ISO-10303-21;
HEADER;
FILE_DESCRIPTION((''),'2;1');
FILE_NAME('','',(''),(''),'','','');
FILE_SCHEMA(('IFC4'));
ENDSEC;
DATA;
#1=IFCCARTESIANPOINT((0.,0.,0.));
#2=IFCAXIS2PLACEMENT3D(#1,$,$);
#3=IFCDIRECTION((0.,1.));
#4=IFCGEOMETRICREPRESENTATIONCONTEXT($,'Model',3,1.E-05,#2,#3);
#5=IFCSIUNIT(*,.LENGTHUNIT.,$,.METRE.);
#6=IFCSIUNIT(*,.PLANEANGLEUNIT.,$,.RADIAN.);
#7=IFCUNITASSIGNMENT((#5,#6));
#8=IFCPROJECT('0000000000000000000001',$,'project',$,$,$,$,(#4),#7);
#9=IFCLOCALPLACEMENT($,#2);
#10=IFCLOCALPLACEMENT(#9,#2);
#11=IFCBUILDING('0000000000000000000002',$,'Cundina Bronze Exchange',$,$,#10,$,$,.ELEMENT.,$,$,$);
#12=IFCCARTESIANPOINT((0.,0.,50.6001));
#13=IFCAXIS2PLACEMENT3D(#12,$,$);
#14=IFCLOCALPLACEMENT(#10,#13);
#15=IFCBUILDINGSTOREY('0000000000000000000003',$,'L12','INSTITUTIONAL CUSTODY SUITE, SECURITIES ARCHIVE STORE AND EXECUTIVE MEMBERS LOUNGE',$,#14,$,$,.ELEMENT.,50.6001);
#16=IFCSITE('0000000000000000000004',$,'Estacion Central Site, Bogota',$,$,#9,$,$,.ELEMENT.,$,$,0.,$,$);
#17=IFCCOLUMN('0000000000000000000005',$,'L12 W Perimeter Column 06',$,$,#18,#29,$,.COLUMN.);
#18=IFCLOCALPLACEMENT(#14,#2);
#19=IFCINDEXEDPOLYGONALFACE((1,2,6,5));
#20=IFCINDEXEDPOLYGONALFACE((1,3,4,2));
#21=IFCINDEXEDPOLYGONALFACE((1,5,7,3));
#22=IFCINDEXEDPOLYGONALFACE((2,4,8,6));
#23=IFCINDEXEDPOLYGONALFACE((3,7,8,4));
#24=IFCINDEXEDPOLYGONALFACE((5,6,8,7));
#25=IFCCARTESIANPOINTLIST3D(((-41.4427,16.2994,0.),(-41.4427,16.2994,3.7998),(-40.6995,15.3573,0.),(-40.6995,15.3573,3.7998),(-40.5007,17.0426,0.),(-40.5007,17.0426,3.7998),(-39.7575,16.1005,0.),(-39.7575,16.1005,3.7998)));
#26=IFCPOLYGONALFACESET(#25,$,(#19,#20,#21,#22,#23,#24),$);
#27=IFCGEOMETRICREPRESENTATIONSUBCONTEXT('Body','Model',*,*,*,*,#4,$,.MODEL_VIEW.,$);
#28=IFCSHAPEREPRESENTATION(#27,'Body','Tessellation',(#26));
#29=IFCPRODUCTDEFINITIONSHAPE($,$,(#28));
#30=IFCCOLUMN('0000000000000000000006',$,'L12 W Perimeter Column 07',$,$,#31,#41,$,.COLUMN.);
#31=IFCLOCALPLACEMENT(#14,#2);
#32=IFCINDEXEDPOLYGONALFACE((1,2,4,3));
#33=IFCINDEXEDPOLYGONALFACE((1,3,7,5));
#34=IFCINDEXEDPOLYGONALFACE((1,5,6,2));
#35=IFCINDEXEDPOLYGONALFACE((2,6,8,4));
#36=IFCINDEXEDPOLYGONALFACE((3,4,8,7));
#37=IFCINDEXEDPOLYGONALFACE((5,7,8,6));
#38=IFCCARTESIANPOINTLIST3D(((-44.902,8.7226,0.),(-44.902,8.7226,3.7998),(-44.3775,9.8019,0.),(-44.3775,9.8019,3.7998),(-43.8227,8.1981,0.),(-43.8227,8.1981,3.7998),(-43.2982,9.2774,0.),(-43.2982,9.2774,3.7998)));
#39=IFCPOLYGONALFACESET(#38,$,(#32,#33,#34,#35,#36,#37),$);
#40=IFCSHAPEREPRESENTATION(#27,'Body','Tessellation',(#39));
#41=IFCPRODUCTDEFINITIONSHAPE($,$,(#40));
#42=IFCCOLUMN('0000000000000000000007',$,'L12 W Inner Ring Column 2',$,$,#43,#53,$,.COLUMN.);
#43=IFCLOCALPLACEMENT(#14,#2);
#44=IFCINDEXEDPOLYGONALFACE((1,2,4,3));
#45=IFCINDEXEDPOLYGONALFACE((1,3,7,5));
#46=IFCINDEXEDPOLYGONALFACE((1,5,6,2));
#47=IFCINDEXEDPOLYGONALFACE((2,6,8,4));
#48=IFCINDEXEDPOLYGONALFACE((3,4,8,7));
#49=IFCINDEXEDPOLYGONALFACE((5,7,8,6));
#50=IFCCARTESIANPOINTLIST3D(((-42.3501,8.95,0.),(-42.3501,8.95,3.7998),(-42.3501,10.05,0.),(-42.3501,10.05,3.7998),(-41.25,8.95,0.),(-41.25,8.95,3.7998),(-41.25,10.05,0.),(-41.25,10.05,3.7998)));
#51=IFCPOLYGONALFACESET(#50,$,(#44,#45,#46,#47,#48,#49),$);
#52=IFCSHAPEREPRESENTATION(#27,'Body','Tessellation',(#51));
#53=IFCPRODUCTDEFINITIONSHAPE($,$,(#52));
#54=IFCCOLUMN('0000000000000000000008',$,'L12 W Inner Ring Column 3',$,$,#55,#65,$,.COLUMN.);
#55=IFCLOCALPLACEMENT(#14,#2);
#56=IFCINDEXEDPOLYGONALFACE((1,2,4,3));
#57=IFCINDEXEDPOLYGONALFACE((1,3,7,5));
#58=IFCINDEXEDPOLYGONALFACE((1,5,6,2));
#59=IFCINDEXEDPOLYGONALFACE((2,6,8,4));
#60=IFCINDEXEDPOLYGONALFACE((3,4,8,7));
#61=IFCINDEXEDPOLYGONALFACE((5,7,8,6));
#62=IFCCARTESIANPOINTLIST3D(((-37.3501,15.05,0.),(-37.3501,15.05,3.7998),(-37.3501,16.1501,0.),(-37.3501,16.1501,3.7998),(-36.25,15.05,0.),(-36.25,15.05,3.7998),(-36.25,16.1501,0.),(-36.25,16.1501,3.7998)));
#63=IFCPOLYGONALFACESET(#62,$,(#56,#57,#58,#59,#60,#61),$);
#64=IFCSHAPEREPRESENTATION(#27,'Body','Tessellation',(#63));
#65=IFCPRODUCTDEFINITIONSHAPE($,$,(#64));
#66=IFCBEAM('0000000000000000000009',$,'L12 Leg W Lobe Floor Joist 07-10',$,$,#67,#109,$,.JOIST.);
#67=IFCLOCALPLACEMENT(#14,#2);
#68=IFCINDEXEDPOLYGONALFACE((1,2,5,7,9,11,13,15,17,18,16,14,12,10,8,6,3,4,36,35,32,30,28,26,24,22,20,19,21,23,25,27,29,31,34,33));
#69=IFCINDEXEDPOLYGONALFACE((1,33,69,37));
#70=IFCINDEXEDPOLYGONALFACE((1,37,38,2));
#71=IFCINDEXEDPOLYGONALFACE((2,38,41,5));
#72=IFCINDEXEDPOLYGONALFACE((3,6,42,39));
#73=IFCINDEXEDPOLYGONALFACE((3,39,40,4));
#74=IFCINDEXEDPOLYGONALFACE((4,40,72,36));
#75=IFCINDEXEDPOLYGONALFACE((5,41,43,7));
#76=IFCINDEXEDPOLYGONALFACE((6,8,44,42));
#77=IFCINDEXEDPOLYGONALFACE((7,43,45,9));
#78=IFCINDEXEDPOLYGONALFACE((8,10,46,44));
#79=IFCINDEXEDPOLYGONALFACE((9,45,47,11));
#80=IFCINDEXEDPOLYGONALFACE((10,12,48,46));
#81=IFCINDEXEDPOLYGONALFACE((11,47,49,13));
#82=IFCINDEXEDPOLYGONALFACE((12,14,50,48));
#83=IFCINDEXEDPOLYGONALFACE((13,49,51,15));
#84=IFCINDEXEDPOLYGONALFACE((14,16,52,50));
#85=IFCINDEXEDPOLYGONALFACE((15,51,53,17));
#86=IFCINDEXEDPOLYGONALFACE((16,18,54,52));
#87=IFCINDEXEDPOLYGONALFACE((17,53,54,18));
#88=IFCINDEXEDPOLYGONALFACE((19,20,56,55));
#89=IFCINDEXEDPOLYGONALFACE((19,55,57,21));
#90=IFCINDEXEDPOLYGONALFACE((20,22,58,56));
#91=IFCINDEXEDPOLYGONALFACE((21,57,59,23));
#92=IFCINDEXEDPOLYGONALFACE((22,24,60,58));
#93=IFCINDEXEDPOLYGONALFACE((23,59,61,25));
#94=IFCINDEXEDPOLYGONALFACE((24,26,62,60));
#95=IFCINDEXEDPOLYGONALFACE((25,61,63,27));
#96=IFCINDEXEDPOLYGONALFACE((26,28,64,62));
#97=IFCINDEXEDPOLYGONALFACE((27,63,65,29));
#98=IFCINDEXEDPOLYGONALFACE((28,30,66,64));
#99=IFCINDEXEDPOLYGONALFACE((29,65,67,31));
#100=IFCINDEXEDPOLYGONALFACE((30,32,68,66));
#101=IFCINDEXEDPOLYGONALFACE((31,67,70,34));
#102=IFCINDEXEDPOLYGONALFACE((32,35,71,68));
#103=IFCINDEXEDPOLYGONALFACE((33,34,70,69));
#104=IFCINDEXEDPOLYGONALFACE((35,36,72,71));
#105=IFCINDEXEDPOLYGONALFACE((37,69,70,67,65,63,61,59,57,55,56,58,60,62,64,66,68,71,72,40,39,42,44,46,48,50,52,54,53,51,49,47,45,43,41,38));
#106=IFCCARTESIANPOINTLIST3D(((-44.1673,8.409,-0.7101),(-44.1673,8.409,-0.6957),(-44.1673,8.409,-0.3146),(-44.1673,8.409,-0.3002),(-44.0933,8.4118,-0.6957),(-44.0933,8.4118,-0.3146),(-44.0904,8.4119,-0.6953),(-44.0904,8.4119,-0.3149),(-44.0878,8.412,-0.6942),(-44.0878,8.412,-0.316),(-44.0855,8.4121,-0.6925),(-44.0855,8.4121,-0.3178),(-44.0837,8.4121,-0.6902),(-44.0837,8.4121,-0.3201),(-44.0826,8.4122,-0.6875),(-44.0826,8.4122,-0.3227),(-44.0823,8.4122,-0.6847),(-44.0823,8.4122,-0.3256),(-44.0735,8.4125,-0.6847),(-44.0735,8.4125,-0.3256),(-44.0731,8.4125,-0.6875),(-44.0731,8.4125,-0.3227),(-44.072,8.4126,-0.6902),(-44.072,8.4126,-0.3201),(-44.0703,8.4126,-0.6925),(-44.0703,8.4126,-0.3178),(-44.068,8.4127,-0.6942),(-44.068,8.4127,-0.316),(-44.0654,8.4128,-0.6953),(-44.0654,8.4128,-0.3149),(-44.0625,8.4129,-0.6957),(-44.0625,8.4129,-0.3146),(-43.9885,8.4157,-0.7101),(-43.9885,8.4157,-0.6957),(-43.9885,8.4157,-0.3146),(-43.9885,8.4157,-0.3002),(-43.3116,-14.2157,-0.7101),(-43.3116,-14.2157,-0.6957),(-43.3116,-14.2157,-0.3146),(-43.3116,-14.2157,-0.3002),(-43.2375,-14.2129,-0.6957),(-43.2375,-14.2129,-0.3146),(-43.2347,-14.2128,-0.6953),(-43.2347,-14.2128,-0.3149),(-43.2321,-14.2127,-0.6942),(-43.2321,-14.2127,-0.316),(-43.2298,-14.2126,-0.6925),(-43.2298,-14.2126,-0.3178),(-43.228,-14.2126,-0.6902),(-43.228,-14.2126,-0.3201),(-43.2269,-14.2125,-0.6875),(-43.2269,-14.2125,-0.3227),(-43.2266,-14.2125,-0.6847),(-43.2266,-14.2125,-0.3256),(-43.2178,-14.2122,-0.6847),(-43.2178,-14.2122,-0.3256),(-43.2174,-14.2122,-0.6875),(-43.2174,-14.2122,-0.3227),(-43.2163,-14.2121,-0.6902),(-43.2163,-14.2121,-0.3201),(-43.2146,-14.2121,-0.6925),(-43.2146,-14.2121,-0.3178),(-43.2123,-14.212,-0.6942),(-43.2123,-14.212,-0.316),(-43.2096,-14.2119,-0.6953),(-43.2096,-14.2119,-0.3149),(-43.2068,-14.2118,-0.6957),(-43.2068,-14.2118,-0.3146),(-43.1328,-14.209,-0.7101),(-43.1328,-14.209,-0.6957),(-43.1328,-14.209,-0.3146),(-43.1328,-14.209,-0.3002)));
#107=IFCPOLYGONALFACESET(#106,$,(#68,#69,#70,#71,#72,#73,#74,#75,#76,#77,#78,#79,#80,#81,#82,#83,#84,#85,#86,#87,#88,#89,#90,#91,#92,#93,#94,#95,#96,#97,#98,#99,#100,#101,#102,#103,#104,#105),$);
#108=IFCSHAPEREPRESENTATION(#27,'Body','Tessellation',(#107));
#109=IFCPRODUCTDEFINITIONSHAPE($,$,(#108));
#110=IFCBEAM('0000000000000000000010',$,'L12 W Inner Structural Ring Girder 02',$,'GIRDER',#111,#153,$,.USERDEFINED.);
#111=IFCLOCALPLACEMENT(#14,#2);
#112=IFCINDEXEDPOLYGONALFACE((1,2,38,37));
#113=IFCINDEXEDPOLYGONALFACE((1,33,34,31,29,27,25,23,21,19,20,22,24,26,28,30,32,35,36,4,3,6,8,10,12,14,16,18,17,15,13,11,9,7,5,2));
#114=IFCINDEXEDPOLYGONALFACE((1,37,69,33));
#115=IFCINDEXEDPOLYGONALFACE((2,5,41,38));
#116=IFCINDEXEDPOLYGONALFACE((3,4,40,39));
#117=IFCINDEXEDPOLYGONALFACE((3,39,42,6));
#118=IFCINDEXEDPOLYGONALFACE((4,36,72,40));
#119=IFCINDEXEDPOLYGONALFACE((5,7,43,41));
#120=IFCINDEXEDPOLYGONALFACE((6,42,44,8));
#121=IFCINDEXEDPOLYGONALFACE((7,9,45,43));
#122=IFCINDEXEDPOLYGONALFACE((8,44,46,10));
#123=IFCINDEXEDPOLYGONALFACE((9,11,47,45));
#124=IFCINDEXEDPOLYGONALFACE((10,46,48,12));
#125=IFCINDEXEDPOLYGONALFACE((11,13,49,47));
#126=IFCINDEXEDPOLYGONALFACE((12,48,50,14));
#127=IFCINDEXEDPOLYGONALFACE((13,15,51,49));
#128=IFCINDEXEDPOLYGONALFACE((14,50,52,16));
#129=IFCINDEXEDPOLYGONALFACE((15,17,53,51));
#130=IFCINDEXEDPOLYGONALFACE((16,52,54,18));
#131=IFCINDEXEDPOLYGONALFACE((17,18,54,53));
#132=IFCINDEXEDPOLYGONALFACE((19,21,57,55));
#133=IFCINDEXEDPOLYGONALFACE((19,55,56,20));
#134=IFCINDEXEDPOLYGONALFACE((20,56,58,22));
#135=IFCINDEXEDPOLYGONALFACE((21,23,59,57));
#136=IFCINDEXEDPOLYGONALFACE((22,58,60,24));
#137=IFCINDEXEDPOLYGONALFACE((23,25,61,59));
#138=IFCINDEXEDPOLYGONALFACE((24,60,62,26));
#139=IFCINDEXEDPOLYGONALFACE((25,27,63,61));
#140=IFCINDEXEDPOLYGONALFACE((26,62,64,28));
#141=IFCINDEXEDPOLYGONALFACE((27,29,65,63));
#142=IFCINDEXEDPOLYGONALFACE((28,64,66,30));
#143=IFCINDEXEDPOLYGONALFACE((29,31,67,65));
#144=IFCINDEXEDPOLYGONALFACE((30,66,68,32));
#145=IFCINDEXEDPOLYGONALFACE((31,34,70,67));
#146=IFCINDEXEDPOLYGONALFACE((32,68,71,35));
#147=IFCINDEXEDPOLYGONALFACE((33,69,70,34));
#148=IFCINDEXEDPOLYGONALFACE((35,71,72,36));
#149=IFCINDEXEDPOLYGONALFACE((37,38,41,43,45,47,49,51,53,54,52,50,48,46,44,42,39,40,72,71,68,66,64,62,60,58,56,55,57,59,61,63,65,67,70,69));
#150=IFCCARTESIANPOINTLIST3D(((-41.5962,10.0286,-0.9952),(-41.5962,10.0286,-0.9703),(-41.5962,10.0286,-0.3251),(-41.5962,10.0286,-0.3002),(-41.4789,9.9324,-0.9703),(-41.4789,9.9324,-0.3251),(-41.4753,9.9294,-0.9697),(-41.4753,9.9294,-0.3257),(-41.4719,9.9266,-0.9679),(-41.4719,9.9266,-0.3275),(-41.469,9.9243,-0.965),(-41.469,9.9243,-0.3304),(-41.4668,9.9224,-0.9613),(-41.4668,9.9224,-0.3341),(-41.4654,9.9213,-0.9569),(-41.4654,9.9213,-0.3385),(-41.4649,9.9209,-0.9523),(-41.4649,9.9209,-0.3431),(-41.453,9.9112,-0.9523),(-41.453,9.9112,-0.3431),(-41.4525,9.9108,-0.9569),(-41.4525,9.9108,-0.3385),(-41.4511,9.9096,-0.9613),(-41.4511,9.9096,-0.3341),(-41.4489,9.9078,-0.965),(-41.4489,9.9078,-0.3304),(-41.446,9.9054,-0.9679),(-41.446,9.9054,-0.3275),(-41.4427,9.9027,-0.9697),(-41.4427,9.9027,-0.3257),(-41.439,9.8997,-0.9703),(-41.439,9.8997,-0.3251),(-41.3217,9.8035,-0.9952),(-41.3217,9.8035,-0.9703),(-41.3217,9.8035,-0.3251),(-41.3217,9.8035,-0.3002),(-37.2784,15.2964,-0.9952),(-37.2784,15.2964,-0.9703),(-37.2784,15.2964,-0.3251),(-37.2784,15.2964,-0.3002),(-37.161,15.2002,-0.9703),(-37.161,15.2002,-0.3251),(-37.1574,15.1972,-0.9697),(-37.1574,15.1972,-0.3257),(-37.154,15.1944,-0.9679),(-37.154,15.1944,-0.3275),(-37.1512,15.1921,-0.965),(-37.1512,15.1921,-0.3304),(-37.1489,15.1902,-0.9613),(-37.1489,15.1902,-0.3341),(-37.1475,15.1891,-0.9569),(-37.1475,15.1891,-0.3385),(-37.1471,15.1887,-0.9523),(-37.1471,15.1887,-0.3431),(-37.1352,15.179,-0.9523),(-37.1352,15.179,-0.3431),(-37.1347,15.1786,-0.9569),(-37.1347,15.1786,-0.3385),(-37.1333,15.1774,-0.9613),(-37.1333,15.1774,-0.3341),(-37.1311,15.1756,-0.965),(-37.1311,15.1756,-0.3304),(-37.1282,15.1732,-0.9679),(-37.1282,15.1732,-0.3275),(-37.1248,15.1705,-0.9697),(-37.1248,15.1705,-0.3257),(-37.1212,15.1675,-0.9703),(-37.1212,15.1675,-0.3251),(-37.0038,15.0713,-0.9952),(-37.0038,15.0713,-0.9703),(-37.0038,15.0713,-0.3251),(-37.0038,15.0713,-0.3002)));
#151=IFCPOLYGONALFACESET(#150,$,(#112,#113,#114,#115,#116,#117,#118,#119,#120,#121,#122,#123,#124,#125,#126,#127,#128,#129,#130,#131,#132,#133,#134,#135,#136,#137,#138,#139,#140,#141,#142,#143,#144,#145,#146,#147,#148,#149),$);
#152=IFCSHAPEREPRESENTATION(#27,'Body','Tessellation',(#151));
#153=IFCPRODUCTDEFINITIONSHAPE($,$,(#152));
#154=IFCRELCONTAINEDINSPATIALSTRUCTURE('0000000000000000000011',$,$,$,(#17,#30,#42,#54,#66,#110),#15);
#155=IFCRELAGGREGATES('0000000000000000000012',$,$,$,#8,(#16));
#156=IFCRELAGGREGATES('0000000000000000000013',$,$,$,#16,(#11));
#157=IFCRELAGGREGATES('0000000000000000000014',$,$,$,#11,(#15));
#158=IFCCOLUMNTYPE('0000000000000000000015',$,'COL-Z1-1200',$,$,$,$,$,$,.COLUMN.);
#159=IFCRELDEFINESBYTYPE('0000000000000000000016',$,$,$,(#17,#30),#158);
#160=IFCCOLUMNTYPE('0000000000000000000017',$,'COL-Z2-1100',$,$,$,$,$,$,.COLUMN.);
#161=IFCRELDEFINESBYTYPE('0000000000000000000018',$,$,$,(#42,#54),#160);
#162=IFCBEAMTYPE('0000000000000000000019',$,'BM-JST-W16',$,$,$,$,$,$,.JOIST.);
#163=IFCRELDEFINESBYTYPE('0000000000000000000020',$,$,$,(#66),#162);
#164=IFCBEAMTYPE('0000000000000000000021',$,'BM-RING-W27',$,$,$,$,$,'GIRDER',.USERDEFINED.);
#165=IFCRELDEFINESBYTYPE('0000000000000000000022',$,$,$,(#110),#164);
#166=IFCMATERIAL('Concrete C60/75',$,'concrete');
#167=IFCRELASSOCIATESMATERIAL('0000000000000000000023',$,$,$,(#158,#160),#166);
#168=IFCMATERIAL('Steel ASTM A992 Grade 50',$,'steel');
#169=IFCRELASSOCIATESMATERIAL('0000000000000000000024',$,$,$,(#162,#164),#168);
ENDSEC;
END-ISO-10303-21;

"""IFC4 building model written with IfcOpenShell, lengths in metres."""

from ifc_helpers import new_model, si_unit, direction, frame, origin, origin_2d, place, context, subcontext, project, spatial, rectangle, i_section, extrude, material, material_profile, profile_set, type_object, element, save


model = new_model("IFC4")

# Units and contexts
model_context = context("Model", 3, precision=1e-05, world=origin(), true_north=direction((0.0, 1.0)))
body_context = subcontext(model_context, "Body", "Model", "MODEL_VIEW")
ifc_project = project(units=[si_unit("LENGTHUNIT", "METRE"), si_unit("PLANEANGLEUNIT", "RADIAN")], contexts=[model_context])

# Site, building, storey
site_placement = place(None, origin())
site = spatial("IfcSite", under=ifc_project, at=site_placement, Name="Estacion Central Site, Bogota", CompositionType="ELEMENT", RefElevation=0.0)
building_placement = place(site_placement, origin())
building = spatial("IfcBuilding", under=site, at=building_placement, Name="Cundina Bronze Exchange", CompositionType="ELEMENT")
storey_placement = place(building_placement, frame((0.0, 0.0, 50.6001)))
storey = spatial("IfcBuildingStorey", under=building, at=storey_placement, Name="L12", Description="INSTITUTIONAL CUSTODY SUITE, SECURITIES ARCHIVE STORE AND EXECUTIVE MEMBERS LOUNGE", CompositionType="ELEMENT", Elevation=50.6001)

# Columns
ifc_material_1 = material(Name="Concrete C60/75", Category="concrete")
ifc_material_profile_1 = material_profile(ifc_material_1, rectangle(XDim=1.2, YDim=1.2, at=origin_2d()), Name="RC1200X1200", Category="concrete")
ifc_profile_set_1 = profile_set([ifc_material_profile_1], Name="Concrete C60/75")
column_type_1 = type_object("IfcColumnType", Name="COL-Z1-1200", PredefinedType="COLUMN", material=ifc_profile_set_1)
for number, where, z_axis, x_axis, name in (
    (1, (-40.6001, 16.2, 0.0), (0.0, 0.0, 1.0), (-0.785101, -0.619368, 0.0), "L12 W Perimeter Column 06"),
    (2, (-44.1001, 9.0, 0.0), (0.0, 0.0, 1.0), (-0.437116, -0.899405, 0.0), "L12 W Perimeter Column 07"),
):
    element("IfcColumn", number, at=place(storey_placement, frame(where, z_axis=z_axis, x_axis=x_axis)), inside=storey, type_object=column_type_1, Name=name, PredefinedType="COLUMN", context=body_context, shape_type="SweptSolid", body=[
        extrude(rectangle(XDim=1.2, YDim=1.2, at=origin_2d()), origin(), (0.0, 0.0, 1.0), 3.7998),
    ])
ifc_material_profile_2 = material_profile(ifc_material_1, rectangle(XDim=1.1001, YDim=1.1001, at=origin_2d()), Name="RC1100X1100", Category="concrete")
ifc_profile_set_2 = profile_set([ifc_material_profile_2], Name="Concrete C60/75")
column_type_2 = type_object("IfcColumnType", Name="COL-Z2-1100", PredefinedType="COLUMN", material=ifc_profile_set_2)
for number, where, z_axis, x_axis, name in (
    (3, (-41.8, 9.5, 0.0), (0.0, 0.0, 1.0), (1.0, 0.0, 0.0), "L12 W Inner Ring Column 2"),
    (4, (-36.8, 15.6001, 0.0), (0.0, 0.0, 1.0), (1.0, 0.0, 0.0), "L12 W Inner Ring Column 3"),
):
    element("IfcColumn", number, at=place(storey_placement, frame(where, z_axis=z_axis, x_axis=x_axis)), inside=storey, type_object=column_type_2, Name=name, PredefinedType="COLUMN", context=body_context, shape_type="SweptSolid", body=[
        extrude(rectangle(XDim=1.1001, YDim=1.1001, at=origin_2d()), origin(), (0.0, 0.0, 1.0), 3.7998),
    ])

# Beams
ifc_material_2 = material(Name="Steel ASTM A992 Grade 50", Category="steel")
ifc_material_profile_3 = material_profile(ifc_material_2, i_section(OverallWidth=0.179, OverallDepth=0.4099, WebThickness=0.0088, FlangeThickness=0.0144, FilletRadius=0.011, at=origin_2d()), Name="W16X45", Category="steel")
ifc_profile_set_3 = profile_set([ifc_material_profile_3], Name="Steel ASTM A992 Grade 50")
beam_type_1 = type_object("IfcBeamType", Name="BM-JST-W16", PredefinedType="JOIST", material=ifc_profile_set_3)
beam_1_placement = place(storey_placement, frame((-44.0779, 8.4124, -0.5051), z_axis=(0.037795, -0.999286, 0.0), x_axis=(0.999286, 0.037795, 0.0)))
element("IfcBeam", 5, at=beam_1_placement, inside=storey, type_object=beam_type_1, Name="L12 Leg W Lobe Floor Joist 07-10", PredefinedType="JOIST", context=body_context, shape_type="SweptSolid", body=[
    extrude(i_section(OverallWidth=0.179, OverallDepth=0.4099, WebThickness=0.0088, FlangeThickness=0.0144, FilletRadius=0.011, at=origin_2d()), origin(), (0.0, 0.0, 1.0), 22.6409),
])
ifc_material_profile_4 = material_profile(ifc_material_2, i_section(OverallWidth=0.355, OverallDepth=0.6951, WebThickness=0.0154, FlangeThickness=0.0249, FilletRadius=0.0181, at=origin_2d()), Name="W27X146", Category="steel")
ifc_profile_set_4 = profile_set([ifc_material_profile_4], Name="Steel ASTM A992 Grade 50")
beam_type_2 = type_object("IfcBeamType", Name="BM-RING-W27", ElementType="GIRDER", PredefinedType="USERDEFINED", material=ifc_profile_set_4)
beam_2_placement = place(storey_placement, frame((-37.1411, 15.1838, -0.6477), z_axis=(-0.633927, -0.773393, 0.0), x_axis=(0.773393, -0.633927, 0.0)))
element("IfcBeam", 6, at=beam_2_placement, inside=storey, type_object=beam_type_2, Name="L12 W Inner Structural Ring Girder 02", ObjectType="GIRDER", PredefinedType="USERDEFINED", context=body_context, shape_type="SweptSolid", body=[
    extrude(i_section(OverallWidth=0.355, OverallDepth=0.6951, WebThickness=0.0154, FlangeThickness=0.0249, FilletRadius=0.0181, at=origin_2d()), origin(), (0.0, 0.0, 1.0), 6.8113),
])

save(model, "model.ifc")
